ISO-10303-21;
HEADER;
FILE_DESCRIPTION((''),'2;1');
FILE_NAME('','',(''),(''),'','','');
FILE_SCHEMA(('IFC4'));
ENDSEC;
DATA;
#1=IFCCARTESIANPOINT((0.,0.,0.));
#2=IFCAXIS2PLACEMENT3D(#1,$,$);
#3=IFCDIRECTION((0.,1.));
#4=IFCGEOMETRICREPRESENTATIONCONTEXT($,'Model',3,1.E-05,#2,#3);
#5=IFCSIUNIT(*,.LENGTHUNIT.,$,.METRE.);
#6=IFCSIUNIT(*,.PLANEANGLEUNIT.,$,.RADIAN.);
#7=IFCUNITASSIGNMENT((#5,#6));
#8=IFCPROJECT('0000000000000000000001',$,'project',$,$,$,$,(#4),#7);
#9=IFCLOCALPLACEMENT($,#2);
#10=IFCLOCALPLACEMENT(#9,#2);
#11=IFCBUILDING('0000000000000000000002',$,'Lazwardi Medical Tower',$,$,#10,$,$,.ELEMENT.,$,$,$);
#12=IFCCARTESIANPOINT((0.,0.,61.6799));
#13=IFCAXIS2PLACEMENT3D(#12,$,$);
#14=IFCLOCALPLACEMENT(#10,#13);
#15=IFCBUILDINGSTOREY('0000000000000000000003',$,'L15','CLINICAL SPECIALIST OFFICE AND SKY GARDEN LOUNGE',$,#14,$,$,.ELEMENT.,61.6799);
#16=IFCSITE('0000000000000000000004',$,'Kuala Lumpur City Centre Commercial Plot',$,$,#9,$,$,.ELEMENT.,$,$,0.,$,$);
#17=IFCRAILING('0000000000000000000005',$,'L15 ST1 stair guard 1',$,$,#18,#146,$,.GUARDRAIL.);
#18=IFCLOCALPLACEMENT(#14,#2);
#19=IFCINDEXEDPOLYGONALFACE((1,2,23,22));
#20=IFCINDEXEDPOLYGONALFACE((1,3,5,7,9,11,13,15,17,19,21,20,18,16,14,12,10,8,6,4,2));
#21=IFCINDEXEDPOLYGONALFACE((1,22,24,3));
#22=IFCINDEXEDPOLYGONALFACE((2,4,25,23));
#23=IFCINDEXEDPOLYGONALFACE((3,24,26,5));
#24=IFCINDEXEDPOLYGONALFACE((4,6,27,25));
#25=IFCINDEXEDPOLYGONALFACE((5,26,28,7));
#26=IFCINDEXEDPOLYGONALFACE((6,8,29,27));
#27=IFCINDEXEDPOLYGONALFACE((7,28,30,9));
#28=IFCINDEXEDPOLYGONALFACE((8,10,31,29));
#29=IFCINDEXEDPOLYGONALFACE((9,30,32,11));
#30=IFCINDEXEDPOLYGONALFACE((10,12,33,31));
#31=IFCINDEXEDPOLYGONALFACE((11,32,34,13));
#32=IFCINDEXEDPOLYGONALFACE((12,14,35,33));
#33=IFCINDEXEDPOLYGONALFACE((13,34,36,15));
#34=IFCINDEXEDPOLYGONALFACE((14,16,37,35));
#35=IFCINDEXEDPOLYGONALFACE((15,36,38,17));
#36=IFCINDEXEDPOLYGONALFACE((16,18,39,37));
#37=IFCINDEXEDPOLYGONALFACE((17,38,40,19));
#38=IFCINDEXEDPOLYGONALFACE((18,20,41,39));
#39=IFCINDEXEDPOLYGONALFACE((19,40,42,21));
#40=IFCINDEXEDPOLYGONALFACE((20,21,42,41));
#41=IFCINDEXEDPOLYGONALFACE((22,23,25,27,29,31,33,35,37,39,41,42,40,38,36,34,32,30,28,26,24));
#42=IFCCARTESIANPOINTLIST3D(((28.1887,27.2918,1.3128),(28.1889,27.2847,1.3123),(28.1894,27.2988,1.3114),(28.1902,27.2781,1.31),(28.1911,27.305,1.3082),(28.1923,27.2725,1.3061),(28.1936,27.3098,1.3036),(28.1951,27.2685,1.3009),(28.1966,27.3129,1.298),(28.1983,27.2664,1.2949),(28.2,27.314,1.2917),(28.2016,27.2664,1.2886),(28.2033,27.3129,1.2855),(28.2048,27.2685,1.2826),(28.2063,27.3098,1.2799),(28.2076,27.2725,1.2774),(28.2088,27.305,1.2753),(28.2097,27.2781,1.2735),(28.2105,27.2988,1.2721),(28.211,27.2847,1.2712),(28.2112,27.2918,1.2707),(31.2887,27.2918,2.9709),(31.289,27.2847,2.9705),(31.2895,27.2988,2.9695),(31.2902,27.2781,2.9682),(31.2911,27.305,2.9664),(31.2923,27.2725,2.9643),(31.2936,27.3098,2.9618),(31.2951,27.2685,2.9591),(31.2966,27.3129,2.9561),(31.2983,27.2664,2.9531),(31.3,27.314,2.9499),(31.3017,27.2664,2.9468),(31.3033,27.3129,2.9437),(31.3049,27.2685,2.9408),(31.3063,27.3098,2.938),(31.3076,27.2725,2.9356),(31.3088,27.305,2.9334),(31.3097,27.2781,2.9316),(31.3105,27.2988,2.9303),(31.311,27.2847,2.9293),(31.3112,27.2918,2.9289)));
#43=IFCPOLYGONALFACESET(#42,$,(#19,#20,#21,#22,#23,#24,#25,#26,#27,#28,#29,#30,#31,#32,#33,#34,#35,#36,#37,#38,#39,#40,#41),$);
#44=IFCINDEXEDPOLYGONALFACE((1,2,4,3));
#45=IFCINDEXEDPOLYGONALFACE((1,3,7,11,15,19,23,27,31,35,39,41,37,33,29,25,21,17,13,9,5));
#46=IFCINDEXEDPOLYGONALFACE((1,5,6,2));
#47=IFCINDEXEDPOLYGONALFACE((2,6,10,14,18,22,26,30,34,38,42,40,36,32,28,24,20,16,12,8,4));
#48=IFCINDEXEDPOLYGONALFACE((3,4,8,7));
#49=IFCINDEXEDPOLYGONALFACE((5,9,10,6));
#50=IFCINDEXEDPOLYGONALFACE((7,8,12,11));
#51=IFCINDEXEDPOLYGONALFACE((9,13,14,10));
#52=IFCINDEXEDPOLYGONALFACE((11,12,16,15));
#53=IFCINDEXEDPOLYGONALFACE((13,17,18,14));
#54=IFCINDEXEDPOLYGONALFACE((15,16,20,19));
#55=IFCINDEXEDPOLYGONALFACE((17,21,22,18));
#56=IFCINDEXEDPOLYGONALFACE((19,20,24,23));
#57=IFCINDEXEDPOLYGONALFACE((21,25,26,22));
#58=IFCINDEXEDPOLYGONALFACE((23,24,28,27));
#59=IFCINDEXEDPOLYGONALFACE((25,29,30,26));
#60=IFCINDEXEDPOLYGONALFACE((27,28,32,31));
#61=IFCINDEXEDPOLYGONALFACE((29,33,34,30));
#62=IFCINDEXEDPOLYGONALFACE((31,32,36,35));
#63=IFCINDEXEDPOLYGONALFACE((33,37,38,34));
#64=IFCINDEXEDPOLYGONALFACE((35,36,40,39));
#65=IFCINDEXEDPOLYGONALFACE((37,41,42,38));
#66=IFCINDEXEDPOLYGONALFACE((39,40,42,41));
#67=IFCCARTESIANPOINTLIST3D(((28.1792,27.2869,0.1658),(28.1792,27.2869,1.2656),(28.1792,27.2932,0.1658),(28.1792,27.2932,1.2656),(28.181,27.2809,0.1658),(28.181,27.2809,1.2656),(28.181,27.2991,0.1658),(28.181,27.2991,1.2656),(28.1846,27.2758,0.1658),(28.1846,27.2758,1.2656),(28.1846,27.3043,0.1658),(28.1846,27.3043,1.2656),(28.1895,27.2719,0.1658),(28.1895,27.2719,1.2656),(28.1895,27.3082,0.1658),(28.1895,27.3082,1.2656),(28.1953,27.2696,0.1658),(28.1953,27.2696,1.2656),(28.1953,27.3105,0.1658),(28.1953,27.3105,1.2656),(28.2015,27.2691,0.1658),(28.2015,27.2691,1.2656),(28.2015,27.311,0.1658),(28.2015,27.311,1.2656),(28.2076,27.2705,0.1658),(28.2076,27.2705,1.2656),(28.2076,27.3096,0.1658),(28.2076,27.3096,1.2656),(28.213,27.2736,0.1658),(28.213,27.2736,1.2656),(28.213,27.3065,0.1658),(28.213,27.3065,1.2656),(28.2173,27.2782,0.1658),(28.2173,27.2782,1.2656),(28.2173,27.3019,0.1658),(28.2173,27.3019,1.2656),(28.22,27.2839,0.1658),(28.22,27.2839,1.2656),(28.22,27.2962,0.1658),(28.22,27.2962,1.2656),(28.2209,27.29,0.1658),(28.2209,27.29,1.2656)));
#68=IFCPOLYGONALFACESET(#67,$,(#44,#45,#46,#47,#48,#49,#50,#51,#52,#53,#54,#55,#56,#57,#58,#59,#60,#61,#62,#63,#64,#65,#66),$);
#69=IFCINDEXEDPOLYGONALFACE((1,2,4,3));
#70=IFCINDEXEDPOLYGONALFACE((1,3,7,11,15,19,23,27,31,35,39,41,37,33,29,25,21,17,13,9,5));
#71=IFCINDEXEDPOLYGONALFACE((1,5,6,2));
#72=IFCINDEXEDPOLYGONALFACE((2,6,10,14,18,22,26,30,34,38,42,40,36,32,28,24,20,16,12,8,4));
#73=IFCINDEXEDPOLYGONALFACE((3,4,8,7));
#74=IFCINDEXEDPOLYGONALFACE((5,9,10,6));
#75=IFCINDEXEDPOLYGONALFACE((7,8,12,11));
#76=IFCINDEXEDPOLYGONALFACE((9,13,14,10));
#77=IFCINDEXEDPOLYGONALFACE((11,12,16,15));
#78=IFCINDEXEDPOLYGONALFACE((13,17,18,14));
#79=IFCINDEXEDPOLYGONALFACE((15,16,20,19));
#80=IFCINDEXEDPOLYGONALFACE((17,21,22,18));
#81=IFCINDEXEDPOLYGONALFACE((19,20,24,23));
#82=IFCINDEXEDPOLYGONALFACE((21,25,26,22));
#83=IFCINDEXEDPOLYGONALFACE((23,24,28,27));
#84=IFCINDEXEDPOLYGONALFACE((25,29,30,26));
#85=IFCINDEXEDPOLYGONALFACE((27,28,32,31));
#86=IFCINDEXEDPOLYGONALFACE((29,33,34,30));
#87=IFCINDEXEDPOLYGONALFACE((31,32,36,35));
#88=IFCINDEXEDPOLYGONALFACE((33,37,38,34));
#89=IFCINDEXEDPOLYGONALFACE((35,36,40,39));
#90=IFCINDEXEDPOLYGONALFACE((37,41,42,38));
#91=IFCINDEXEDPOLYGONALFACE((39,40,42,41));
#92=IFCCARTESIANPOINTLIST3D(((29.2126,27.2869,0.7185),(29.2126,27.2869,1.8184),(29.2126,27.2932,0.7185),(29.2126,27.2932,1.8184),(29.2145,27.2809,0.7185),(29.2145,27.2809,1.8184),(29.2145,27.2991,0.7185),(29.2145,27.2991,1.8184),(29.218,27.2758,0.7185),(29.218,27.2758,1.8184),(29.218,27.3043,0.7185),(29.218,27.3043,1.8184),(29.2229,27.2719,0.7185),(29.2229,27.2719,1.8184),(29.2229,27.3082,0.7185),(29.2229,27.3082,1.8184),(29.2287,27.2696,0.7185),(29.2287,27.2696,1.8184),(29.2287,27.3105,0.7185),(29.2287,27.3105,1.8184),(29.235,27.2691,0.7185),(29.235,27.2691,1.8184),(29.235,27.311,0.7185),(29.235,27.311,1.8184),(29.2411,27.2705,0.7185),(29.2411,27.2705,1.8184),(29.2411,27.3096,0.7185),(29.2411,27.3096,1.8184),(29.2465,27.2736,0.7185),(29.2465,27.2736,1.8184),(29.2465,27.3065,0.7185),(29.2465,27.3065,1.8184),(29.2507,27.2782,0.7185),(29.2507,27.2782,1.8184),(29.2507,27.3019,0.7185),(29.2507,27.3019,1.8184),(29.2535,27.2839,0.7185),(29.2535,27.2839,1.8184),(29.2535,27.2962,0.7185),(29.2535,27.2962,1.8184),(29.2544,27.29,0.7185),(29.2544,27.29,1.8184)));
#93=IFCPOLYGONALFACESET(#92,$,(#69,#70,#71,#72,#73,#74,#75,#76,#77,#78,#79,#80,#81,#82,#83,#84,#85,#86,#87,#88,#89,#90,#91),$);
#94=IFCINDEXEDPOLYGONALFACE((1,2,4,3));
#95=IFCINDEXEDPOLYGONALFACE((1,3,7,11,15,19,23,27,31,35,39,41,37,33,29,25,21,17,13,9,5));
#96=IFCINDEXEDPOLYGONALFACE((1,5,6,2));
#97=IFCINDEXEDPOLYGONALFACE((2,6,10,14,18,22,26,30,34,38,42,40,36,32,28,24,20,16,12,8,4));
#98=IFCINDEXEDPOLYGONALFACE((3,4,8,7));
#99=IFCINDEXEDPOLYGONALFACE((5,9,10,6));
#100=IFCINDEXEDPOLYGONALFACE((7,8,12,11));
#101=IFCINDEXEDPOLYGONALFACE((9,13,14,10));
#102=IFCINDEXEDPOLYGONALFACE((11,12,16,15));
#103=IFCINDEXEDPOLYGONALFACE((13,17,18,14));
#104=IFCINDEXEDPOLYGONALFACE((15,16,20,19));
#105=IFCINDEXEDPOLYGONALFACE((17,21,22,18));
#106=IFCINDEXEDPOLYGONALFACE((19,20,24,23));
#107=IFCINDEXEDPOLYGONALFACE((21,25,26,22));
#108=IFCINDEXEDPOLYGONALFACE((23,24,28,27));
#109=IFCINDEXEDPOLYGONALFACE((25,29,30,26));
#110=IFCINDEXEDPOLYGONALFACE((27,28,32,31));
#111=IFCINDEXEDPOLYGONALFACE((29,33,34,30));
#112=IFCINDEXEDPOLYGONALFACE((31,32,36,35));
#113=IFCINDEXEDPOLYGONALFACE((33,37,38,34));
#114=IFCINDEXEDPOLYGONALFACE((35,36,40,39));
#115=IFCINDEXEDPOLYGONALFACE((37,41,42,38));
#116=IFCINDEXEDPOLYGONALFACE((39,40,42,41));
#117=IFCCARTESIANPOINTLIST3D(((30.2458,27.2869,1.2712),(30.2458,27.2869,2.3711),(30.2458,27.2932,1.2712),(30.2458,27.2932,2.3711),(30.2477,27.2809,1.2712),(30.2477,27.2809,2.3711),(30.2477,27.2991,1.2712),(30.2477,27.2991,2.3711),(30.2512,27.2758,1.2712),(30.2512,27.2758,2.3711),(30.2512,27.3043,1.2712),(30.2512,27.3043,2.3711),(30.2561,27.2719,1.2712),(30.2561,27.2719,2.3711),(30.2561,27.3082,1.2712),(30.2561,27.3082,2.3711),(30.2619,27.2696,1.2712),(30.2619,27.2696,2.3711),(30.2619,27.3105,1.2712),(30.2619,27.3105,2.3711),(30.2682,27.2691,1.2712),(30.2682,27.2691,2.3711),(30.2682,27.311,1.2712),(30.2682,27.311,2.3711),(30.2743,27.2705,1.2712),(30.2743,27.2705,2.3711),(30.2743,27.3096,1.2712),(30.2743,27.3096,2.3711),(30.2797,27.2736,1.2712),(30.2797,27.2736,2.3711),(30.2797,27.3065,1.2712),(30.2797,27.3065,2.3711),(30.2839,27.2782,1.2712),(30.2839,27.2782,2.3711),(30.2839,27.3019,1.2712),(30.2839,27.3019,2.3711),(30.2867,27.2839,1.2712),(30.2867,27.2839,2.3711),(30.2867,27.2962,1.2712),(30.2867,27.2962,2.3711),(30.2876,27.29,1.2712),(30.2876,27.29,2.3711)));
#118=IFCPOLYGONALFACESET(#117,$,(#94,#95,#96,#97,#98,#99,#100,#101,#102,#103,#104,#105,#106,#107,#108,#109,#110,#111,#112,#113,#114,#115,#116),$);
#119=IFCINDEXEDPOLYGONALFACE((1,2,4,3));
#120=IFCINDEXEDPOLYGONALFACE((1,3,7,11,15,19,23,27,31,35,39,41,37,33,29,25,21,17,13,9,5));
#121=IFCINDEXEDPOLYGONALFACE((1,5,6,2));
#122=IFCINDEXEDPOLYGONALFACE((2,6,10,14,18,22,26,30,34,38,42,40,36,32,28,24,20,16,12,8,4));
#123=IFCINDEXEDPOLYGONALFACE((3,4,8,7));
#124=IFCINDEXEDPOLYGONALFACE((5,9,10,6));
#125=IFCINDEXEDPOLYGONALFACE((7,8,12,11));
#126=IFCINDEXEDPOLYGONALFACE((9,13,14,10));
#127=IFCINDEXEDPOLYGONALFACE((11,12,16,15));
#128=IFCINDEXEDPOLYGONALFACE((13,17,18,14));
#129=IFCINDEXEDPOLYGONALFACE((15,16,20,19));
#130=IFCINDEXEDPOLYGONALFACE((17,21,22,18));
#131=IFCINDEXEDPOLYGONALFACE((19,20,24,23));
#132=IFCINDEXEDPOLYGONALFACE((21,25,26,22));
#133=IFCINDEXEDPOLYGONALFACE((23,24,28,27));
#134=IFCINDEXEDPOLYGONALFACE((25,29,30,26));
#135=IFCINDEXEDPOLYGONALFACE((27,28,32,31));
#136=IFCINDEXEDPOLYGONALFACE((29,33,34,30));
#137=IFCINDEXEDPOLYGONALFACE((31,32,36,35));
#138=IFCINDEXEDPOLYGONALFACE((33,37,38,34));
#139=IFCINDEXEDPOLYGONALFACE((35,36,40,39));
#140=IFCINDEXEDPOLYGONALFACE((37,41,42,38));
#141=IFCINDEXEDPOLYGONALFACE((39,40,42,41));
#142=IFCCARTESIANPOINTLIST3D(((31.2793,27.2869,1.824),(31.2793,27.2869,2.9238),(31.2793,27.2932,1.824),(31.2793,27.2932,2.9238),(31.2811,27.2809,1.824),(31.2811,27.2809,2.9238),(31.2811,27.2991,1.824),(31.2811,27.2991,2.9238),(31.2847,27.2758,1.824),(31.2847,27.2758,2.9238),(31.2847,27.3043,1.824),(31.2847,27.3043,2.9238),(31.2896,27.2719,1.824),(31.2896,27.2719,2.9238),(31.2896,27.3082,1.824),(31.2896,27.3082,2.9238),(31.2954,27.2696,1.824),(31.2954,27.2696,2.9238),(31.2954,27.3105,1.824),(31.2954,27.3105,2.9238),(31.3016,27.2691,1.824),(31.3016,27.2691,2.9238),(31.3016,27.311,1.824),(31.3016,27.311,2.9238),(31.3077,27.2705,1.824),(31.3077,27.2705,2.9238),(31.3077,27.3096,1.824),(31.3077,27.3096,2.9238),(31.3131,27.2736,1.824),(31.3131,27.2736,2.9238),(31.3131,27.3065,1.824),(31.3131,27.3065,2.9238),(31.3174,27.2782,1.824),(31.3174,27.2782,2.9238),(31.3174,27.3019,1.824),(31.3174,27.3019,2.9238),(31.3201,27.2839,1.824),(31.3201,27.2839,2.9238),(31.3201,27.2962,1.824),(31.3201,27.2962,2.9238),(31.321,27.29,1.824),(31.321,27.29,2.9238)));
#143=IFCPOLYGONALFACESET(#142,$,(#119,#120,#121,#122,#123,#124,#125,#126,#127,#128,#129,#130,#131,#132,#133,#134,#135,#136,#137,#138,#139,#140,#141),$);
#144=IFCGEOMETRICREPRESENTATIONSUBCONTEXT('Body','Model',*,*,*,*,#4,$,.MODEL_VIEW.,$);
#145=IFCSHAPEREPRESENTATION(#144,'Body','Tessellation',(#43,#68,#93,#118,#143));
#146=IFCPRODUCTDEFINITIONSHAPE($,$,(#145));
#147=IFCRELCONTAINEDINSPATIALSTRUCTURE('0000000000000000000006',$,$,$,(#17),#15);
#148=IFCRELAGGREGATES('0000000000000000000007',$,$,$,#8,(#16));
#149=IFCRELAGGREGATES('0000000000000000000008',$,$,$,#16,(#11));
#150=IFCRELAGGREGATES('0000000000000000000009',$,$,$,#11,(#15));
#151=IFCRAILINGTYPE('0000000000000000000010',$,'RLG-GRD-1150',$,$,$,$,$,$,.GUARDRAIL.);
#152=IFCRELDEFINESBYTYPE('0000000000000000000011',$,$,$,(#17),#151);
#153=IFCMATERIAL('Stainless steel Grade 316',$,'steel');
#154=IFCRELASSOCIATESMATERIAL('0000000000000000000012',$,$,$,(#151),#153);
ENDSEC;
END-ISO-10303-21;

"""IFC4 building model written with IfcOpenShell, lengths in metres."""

from ifc_helpers import new_model, si_unit, direction, frame, origin, origin_2d, place, context, subcontext, project, spatial, circle, extrude, material, type_object, element, save


model = new_model("IFC4")

# Units and contexts
model_context = context("Model", 3, precision=1e-05, world=origin(), true_north=direction((0.0, 1.0)))
body_context = subcontext(model_context, "Body", "Model", "MODEL_VIEW")
ifc_project = project(units=[si_unit("LENGTHUNIT", "METRE"), si_unit("PLANEANGLEUNIT", "RADIAN")], contexts=[model_context])

# Site, building, storey
site_placement = place(None, origin())
site = spatial("IfcSite", under=ifc_project, at=site_placement, Name="Kuala Lumpur City Centre Commercial Plot", CompositionType="ELEMENT", RefElevation=0.0)
building_placement = place(site_placement, origin())
building = spatial("IfcBuilding", under=site, at=building_placement, Name="Lazwardi Medical Tower", CompositionType="ELEMENT")
storey_placement = place(building_placement, frame((0.0, 0.0, 61.6799)))
storey = spatial("IfcBuildingStorey", under=building, at=storey_placement, Name="L15", Description="CLINICAL SPECIALIST OFFICE AND SKY GARDEN LOUNGE", CompositionType="ELEMENT", Elevation=61.6799)

# Railing
ifc_material_1 = material(Name="Stainless steel Grade 316", Category="steel")
railing_type_1 = type_object("IfcRailingType", Name="RLG-GRD-1150", PredefinedType="GUARDRAIL", material=ifc_material_1)
railing_1_placement = place(storey_placement, frame((28.2, 27.29, 0.1658)))
element("IfcRailing", 1, at=railing_1_placement, inside=storey, type_object=railing_type_1, Name="L15 ST1 stair guard 1", PredefinedType="GUARDRAIL", context=body_context, shape_type="SweptSolid", body=[
    extrude(circle(Radius=0.0239, at=origin_2d()), frame((0.0, 0.0, 1.126), z_axis=(0.881783, 0.0, 0.471655), x_axis=(0.0, 1.0, 0.0)), (0.0, 0.0, 1.0), 3.5156),
    extrude(circle(Radius=0.021, at=origin_2d()), origin(), (0.0, 0.0, 1.0), 1.0999),
    extrude(circle(Radius=0.021, at=origin_2d()), frame((1.0334, 0.0, 0.5527)), (0.0, 0.0, 1.0), 1.0999),
    extrude(circle(Radius=0.021, at=origin_2d()), frame((2.0667, 0.0, 1.1055)), (0.0, 0.0, 1.0), 1.0999),
    extrude(circle(Radius=0.021, at=origin_2d()), frame((3.1001, 0.0, 1.6582)), (0.0, 0.0, 1.0), 1.0999),
])

save(model, "model.ifc")
